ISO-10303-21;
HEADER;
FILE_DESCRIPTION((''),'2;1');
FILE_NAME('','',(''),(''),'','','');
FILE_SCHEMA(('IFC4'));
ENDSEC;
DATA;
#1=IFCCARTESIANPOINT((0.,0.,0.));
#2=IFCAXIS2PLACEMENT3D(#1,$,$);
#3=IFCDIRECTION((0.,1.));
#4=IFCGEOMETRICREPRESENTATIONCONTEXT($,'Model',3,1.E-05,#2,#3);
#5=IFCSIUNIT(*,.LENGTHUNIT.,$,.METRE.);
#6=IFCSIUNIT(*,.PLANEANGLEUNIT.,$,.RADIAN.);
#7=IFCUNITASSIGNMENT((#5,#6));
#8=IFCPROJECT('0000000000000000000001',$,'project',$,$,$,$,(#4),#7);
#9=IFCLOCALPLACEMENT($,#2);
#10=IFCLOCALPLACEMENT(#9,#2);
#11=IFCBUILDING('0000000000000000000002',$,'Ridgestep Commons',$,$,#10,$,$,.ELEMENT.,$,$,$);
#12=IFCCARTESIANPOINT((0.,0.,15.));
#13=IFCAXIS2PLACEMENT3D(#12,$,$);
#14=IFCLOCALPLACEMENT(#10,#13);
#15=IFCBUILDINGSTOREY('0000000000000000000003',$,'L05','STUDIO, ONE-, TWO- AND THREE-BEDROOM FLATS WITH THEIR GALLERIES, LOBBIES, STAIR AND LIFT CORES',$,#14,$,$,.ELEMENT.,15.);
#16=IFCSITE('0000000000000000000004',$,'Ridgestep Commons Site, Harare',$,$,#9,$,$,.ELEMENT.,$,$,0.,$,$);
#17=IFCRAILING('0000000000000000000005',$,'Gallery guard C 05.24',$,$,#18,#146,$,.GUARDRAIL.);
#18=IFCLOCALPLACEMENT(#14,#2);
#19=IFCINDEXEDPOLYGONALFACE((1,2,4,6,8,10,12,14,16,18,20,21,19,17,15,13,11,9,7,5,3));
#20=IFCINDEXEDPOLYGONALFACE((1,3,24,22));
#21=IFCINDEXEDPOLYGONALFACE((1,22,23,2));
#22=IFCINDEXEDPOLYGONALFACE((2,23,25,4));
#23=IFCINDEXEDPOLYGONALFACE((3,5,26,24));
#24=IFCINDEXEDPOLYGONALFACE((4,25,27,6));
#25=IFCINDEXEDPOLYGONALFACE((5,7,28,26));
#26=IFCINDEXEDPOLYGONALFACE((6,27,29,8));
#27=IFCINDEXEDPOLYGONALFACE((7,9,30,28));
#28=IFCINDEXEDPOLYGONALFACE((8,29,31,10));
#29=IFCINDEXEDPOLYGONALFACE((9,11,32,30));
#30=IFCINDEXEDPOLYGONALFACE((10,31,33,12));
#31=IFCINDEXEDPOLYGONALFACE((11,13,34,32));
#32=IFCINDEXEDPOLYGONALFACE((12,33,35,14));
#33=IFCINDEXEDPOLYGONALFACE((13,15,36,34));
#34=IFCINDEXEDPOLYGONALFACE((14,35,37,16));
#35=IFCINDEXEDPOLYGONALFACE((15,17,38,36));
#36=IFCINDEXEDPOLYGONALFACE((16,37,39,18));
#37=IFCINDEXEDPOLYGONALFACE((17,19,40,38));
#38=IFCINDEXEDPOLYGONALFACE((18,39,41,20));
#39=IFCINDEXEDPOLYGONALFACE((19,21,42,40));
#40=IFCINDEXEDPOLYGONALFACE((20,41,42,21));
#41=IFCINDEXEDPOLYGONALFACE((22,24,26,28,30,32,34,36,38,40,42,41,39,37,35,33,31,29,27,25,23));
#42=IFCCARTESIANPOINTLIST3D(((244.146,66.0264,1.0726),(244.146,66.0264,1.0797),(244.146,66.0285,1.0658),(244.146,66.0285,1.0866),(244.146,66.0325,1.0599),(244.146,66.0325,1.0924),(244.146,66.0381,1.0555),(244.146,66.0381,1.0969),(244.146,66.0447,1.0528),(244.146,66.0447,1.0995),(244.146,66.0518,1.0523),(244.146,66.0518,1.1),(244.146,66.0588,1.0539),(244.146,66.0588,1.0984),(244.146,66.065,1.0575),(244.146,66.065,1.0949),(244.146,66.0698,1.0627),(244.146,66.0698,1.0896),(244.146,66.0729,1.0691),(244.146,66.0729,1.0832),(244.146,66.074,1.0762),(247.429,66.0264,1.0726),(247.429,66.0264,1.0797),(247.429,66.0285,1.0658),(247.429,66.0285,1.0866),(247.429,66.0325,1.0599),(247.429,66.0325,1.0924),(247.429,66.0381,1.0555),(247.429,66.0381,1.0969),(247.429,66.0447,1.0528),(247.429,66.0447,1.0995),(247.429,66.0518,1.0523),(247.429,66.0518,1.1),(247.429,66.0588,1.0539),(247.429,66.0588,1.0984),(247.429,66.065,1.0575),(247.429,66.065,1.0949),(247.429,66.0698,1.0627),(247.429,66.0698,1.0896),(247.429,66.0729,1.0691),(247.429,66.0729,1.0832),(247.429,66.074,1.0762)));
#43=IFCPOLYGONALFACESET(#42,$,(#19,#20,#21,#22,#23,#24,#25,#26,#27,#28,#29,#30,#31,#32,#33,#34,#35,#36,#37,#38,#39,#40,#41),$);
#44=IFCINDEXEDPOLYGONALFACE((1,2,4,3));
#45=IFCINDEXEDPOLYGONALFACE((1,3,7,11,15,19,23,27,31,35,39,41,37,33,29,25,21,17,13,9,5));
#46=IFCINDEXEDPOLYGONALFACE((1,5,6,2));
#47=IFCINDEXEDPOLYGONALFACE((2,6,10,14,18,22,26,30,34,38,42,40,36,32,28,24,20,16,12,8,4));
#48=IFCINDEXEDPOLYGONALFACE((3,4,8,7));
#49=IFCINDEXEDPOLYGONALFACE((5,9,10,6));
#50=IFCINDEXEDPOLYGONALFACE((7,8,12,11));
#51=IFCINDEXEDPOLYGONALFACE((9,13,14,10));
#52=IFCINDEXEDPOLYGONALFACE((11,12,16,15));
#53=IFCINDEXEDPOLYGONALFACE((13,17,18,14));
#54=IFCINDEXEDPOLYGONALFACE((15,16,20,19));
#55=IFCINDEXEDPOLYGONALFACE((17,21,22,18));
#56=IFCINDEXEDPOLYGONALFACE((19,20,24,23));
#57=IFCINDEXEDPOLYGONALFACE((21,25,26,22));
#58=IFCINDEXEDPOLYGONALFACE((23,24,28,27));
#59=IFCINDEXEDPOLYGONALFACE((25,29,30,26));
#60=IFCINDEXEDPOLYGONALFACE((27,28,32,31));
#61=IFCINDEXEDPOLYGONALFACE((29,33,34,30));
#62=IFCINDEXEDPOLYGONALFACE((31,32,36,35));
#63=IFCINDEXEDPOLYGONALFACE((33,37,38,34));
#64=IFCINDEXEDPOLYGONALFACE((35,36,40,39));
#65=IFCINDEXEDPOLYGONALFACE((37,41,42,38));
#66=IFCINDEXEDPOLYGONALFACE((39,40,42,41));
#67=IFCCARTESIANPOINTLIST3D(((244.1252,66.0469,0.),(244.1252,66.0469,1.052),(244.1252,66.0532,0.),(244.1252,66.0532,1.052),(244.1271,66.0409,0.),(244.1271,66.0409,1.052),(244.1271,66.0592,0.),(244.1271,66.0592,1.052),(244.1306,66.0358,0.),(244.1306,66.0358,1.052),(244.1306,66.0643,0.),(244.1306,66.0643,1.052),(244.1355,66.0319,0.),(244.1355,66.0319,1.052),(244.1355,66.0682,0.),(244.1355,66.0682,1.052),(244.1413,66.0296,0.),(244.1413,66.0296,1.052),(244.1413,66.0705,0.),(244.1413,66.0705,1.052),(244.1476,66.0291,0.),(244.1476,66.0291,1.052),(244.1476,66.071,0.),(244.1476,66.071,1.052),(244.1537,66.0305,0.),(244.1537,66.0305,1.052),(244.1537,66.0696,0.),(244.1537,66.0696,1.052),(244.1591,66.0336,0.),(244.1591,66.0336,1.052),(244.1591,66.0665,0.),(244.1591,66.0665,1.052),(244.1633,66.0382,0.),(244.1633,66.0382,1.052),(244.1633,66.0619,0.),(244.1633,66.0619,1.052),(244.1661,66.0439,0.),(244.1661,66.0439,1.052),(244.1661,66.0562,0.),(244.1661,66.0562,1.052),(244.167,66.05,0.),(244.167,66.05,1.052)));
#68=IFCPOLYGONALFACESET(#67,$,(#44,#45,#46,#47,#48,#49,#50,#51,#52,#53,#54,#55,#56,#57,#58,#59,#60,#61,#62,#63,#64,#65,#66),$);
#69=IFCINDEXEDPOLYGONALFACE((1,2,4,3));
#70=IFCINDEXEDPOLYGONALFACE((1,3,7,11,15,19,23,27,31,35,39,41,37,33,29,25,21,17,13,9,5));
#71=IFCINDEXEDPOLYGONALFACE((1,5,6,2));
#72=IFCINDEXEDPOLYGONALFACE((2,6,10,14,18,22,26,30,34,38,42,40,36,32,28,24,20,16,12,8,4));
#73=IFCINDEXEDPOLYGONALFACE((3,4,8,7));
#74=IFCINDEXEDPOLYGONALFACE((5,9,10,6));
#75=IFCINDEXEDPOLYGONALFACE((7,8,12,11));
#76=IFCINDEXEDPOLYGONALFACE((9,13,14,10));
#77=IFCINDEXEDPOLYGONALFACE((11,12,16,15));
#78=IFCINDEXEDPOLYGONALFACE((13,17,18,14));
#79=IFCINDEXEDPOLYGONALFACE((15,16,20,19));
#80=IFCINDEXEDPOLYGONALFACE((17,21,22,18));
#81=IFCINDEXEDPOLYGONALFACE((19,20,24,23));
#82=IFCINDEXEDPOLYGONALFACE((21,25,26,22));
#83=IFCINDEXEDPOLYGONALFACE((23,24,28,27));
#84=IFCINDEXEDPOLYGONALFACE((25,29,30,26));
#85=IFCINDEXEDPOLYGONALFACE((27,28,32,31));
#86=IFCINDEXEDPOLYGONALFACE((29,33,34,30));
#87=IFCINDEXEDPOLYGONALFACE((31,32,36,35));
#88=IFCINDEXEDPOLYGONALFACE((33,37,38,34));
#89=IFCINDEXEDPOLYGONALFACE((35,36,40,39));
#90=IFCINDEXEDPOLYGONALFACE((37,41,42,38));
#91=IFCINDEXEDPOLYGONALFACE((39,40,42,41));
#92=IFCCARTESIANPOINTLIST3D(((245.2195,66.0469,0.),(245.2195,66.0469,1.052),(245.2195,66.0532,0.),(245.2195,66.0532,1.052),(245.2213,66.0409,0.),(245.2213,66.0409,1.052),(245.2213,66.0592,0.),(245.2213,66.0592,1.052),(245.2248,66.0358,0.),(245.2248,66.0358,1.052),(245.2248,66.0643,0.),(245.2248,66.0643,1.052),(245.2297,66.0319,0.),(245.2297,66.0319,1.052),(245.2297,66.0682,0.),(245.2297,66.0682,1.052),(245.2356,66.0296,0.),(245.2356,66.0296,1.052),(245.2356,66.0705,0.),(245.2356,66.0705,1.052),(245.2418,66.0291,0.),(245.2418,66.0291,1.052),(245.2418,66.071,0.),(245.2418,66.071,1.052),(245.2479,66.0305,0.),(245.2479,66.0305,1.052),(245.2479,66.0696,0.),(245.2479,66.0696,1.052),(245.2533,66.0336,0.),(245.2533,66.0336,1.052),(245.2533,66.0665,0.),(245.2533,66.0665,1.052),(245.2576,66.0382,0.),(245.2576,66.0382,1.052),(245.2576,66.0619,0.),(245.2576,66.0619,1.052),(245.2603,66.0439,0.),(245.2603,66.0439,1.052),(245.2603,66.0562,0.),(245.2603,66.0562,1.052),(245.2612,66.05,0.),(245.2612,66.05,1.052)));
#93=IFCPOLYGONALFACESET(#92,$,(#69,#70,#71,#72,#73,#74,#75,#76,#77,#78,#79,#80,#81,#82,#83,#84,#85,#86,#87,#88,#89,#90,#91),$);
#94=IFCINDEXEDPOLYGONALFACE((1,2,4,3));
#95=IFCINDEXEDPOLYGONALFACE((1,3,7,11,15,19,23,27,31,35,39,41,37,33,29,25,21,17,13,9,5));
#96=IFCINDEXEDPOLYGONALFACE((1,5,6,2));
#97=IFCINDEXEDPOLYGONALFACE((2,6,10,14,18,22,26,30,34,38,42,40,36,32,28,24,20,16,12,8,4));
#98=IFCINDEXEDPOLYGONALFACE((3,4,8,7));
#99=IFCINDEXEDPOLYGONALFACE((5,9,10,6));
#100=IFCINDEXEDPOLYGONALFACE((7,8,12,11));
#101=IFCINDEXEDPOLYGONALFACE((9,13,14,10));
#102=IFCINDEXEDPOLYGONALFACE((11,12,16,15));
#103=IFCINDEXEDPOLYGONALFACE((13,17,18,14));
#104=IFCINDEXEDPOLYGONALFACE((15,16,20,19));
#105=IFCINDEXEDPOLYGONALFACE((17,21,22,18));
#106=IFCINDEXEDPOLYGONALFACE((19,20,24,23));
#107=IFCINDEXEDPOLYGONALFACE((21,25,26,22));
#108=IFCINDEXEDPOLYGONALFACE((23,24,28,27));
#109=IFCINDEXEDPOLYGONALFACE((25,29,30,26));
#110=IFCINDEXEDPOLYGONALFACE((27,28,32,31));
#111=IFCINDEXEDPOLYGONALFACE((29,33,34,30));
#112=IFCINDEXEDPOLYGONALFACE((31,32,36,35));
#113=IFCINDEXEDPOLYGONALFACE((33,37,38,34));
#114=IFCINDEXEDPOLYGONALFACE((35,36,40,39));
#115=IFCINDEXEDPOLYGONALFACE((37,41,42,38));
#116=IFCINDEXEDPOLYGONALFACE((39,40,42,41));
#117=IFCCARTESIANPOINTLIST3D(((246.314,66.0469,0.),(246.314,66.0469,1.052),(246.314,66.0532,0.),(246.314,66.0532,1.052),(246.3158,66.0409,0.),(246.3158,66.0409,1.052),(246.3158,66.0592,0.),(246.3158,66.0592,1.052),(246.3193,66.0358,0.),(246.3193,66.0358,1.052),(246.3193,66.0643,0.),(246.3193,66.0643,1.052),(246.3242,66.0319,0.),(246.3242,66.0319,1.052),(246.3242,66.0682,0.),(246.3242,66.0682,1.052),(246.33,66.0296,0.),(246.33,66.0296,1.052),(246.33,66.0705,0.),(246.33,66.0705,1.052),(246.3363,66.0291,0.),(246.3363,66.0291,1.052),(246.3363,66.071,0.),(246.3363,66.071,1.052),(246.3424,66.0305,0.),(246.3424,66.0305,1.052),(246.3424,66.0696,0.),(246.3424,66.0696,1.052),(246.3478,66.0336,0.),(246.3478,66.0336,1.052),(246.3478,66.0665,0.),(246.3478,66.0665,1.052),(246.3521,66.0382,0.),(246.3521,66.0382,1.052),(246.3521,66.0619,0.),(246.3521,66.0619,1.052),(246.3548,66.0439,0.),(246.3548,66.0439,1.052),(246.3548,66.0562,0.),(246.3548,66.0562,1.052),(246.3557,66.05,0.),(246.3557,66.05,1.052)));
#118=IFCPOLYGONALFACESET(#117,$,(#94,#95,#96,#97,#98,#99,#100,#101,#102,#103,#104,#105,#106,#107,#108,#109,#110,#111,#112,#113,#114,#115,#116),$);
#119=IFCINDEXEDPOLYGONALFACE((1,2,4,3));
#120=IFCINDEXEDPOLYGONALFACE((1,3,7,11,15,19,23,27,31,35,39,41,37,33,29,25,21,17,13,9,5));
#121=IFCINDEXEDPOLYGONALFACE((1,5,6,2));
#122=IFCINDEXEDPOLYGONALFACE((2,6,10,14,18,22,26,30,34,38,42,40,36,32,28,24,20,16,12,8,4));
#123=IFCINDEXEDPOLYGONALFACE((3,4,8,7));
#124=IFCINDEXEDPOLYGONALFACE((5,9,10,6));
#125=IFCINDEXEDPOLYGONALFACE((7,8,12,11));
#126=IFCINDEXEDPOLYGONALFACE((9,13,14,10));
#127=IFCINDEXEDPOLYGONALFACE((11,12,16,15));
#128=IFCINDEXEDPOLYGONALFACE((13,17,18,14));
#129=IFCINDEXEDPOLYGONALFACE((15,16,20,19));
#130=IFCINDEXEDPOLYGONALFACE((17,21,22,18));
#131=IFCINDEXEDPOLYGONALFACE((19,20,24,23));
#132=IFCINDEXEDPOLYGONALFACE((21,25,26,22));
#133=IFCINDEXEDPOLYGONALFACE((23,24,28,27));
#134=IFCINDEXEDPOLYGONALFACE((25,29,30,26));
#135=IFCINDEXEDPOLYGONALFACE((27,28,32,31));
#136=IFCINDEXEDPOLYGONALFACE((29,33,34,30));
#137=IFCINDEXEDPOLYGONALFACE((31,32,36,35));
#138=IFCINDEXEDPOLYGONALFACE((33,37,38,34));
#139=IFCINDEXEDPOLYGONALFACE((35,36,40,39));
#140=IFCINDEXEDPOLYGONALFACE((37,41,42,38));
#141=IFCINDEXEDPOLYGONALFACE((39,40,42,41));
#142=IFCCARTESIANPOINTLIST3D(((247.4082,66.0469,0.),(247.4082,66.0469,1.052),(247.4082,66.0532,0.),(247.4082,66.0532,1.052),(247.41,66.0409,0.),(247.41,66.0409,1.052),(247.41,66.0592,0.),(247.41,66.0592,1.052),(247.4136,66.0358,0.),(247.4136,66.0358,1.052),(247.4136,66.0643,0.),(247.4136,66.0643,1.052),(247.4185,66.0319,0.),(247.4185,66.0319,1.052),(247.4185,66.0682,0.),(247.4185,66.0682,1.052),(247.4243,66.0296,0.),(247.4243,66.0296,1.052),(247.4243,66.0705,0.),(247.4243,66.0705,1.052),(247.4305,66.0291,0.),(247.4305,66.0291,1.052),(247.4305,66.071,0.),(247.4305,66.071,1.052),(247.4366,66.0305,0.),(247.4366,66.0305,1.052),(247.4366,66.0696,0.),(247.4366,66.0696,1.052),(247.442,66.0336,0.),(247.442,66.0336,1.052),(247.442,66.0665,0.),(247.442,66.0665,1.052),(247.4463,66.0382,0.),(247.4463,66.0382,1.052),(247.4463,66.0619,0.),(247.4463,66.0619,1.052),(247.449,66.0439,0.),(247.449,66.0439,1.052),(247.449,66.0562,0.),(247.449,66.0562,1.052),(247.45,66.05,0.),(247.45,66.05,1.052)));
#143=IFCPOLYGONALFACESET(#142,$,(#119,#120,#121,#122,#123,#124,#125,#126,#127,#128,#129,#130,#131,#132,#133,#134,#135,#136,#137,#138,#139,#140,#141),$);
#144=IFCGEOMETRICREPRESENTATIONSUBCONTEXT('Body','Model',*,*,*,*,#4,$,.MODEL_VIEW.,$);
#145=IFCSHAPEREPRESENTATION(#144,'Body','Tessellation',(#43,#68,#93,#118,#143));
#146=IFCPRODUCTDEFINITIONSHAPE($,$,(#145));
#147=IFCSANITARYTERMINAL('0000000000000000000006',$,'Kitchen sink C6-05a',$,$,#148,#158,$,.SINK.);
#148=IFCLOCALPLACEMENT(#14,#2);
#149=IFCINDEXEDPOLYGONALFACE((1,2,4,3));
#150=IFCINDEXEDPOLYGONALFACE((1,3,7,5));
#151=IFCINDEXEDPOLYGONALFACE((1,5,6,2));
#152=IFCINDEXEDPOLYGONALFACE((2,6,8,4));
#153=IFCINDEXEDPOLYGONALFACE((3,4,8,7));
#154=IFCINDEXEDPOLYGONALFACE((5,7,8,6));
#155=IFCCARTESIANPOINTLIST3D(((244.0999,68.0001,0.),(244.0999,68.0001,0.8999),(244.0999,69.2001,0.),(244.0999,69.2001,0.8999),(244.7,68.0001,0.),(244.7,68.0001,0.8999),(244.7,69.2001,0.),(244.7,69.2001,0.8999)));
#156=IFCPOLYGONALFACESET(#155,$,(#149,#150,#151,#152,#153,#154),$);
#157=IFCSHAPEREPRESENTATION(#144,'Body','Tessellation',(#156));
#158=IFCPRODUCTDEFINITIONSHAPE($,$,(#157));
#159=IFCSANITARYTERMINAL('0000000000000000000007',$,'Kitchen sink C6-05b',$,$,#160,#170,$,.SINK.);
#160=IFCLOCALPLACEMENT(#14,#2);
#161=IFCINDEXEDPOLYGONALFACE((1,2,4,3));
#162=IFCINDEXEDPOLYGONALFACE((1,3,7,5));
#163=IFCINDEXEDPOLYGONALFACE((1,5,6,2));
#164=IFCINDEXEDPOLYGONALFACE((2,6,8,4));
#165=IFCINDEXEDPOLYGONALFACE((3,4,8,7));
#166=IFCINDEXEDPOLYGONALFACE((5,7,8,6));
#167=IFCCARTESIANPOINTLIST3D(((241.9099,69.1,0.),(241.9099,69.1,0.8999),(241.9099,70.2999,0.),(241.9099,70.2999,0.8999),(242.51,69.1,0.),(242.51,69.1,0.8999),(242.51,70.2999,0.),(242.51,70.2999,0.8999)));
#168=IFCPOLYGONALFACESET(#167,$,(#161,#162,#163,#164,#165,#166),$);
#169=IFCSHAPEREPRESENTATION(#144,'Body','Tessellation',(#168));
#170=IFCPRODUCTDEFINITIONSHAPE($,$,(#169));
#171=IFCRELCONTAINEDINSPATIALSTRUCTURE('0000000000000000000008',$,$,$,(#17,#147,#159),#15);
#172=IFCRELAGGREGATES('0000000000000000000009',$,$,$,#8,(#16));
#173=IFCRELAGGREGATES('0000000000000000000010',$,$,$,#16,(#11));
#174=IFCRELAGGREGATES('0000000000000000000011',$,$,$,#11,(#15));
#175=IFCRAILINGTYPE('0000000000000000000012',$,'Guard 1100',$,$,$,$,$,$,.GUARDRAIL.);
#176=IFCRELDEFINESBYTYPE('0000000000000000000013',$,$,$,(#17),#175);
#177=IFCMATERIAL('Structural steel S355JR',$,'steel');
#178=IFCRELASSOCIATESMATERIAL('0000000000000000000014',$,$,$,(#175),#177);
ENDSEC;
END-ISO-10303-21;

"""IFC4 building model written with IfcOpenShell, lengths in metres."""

from ifc_helpers import new_model, si_unit, direction, frame, origin, origin_2d, place, context, subcontext, project, spatial, rectangle, circle, extrude, material, type_object, element, save


model = new_model("IFC4")

# Units and contexts
model_context = context("Model", 3, precision=1e-05, world=origin(), true_north=direction((0.0, 1.0)))
body_context = subcontext(model_context, "Body", "Model", "MODEL_VIEW")
ifc_project = project(units=[si_unit("LENGTHUNIT", "METRE"), si_unit("PLANEANGLEUNIT", "RADIAN")], contexts=[model_context])

# Site, building, storey
site_placement = place(None, origin())
site = spatial("IfcSite", under=ifc_project, at=site_placement, Name="Ridgestep Commons Site, Harare", CompositionType="ELEMENT", RefElevation=0.0)
building_placement = place(site_placement, origin())
building = spatial("IfcBuilding", under=site, at=building_placement, Name="Ridgestep Commons", CompositionType="ELEMENT")
storey_placement = place(building_placement, frame((0.0, 0.0, 15.0)))
storey = spatial("IfcBuildingStorey", under=building, at=storey_placement, Name="L05", Description="STUDIO, ONE-, TWO- AND THREE-BEDROOM FLATS WITH THEIR GALLERIES, LOBBIES, STAIR AND LIFT CORES", CompositionType="ELEMENT", Elevation=15.0)

# Railing
ifc_material_1 = material(Name="Structural steel S355JR", Category="steel")
railing_type = type_object("IfcRailingType", Name="Guard 1100", PredefinedType="GUARDRAIL", material=ifc_material_1)
railing_1_placement = place(storey_placement, frame((244.146, 66.05, 0.0)))
element("IfcRailing", 1, at=railing_1_placement, inside=storey, type_object=railing_type, Name="Gallery guard C 05.24", PredefinedType="GUARDRAIL", context=body_context, shape_type="SweptSolid", body=[
    extrude(circle(Radius=0.0239, at=origin_2d()), frame((0.0, 0.0, 1.0762), z_axis=(1.0, 0.0, 0.0), x_axis=(0.0, 1.0, 0.0)), (0.0, 0.0, 1.0), 3.283),
    extrude(circle(Radius=0.021, at=origin_2d()), origin(), (0.0, 0.0, 1.0), 1.052),
    extrude(circle(Radius=0.021, at=origin_2d()), frame((1.0942, 0.0, 0.0)), (0.0, 0.0, 1.0), 1.052),
    extrude(circle(Radius=0.021, at=origin_2d()), frame((2.1887, 0.0, 0.0)), (0.0, 0.0, 1.0), 1.052),
    extrude(circle(Radius=0.021, at=origin_2d()), frame((3.283, 0.0, 0.0)), (0.0, 0.0, 1.0), 1.052),
])

# Sanitary terminals
for number, where, z_axis, x_axis, name in (
    (2, (244.3999, 68.6001, 0.0), (0.0, 0.0, 1.0), (1.0, 0.0, 0.0), "Kitchen sink C6-05a"),
    (3, (242.21, 69.7, 0.0), (0.0, 0.0, 1.0), (1.0, 0.0, 0.0), "Kitchen sink C6-05b"),
):
    element("IfcSanitaryTerminal", number, at=place(storey_placement, frame(where, z_axis=z_axis, x_axis=x_axis)), inside=storey, Name=name, PredefinedType="SINK", context=body_context, shape_type="SweptSolid", body=[
        extrude(rectangle(XDim=0.6001, YDim=1.2, at=origin_2d()), origin(), (0.0, 0.0, 1.0), 0.8999),
    ])

save(model, "model.ifc")
